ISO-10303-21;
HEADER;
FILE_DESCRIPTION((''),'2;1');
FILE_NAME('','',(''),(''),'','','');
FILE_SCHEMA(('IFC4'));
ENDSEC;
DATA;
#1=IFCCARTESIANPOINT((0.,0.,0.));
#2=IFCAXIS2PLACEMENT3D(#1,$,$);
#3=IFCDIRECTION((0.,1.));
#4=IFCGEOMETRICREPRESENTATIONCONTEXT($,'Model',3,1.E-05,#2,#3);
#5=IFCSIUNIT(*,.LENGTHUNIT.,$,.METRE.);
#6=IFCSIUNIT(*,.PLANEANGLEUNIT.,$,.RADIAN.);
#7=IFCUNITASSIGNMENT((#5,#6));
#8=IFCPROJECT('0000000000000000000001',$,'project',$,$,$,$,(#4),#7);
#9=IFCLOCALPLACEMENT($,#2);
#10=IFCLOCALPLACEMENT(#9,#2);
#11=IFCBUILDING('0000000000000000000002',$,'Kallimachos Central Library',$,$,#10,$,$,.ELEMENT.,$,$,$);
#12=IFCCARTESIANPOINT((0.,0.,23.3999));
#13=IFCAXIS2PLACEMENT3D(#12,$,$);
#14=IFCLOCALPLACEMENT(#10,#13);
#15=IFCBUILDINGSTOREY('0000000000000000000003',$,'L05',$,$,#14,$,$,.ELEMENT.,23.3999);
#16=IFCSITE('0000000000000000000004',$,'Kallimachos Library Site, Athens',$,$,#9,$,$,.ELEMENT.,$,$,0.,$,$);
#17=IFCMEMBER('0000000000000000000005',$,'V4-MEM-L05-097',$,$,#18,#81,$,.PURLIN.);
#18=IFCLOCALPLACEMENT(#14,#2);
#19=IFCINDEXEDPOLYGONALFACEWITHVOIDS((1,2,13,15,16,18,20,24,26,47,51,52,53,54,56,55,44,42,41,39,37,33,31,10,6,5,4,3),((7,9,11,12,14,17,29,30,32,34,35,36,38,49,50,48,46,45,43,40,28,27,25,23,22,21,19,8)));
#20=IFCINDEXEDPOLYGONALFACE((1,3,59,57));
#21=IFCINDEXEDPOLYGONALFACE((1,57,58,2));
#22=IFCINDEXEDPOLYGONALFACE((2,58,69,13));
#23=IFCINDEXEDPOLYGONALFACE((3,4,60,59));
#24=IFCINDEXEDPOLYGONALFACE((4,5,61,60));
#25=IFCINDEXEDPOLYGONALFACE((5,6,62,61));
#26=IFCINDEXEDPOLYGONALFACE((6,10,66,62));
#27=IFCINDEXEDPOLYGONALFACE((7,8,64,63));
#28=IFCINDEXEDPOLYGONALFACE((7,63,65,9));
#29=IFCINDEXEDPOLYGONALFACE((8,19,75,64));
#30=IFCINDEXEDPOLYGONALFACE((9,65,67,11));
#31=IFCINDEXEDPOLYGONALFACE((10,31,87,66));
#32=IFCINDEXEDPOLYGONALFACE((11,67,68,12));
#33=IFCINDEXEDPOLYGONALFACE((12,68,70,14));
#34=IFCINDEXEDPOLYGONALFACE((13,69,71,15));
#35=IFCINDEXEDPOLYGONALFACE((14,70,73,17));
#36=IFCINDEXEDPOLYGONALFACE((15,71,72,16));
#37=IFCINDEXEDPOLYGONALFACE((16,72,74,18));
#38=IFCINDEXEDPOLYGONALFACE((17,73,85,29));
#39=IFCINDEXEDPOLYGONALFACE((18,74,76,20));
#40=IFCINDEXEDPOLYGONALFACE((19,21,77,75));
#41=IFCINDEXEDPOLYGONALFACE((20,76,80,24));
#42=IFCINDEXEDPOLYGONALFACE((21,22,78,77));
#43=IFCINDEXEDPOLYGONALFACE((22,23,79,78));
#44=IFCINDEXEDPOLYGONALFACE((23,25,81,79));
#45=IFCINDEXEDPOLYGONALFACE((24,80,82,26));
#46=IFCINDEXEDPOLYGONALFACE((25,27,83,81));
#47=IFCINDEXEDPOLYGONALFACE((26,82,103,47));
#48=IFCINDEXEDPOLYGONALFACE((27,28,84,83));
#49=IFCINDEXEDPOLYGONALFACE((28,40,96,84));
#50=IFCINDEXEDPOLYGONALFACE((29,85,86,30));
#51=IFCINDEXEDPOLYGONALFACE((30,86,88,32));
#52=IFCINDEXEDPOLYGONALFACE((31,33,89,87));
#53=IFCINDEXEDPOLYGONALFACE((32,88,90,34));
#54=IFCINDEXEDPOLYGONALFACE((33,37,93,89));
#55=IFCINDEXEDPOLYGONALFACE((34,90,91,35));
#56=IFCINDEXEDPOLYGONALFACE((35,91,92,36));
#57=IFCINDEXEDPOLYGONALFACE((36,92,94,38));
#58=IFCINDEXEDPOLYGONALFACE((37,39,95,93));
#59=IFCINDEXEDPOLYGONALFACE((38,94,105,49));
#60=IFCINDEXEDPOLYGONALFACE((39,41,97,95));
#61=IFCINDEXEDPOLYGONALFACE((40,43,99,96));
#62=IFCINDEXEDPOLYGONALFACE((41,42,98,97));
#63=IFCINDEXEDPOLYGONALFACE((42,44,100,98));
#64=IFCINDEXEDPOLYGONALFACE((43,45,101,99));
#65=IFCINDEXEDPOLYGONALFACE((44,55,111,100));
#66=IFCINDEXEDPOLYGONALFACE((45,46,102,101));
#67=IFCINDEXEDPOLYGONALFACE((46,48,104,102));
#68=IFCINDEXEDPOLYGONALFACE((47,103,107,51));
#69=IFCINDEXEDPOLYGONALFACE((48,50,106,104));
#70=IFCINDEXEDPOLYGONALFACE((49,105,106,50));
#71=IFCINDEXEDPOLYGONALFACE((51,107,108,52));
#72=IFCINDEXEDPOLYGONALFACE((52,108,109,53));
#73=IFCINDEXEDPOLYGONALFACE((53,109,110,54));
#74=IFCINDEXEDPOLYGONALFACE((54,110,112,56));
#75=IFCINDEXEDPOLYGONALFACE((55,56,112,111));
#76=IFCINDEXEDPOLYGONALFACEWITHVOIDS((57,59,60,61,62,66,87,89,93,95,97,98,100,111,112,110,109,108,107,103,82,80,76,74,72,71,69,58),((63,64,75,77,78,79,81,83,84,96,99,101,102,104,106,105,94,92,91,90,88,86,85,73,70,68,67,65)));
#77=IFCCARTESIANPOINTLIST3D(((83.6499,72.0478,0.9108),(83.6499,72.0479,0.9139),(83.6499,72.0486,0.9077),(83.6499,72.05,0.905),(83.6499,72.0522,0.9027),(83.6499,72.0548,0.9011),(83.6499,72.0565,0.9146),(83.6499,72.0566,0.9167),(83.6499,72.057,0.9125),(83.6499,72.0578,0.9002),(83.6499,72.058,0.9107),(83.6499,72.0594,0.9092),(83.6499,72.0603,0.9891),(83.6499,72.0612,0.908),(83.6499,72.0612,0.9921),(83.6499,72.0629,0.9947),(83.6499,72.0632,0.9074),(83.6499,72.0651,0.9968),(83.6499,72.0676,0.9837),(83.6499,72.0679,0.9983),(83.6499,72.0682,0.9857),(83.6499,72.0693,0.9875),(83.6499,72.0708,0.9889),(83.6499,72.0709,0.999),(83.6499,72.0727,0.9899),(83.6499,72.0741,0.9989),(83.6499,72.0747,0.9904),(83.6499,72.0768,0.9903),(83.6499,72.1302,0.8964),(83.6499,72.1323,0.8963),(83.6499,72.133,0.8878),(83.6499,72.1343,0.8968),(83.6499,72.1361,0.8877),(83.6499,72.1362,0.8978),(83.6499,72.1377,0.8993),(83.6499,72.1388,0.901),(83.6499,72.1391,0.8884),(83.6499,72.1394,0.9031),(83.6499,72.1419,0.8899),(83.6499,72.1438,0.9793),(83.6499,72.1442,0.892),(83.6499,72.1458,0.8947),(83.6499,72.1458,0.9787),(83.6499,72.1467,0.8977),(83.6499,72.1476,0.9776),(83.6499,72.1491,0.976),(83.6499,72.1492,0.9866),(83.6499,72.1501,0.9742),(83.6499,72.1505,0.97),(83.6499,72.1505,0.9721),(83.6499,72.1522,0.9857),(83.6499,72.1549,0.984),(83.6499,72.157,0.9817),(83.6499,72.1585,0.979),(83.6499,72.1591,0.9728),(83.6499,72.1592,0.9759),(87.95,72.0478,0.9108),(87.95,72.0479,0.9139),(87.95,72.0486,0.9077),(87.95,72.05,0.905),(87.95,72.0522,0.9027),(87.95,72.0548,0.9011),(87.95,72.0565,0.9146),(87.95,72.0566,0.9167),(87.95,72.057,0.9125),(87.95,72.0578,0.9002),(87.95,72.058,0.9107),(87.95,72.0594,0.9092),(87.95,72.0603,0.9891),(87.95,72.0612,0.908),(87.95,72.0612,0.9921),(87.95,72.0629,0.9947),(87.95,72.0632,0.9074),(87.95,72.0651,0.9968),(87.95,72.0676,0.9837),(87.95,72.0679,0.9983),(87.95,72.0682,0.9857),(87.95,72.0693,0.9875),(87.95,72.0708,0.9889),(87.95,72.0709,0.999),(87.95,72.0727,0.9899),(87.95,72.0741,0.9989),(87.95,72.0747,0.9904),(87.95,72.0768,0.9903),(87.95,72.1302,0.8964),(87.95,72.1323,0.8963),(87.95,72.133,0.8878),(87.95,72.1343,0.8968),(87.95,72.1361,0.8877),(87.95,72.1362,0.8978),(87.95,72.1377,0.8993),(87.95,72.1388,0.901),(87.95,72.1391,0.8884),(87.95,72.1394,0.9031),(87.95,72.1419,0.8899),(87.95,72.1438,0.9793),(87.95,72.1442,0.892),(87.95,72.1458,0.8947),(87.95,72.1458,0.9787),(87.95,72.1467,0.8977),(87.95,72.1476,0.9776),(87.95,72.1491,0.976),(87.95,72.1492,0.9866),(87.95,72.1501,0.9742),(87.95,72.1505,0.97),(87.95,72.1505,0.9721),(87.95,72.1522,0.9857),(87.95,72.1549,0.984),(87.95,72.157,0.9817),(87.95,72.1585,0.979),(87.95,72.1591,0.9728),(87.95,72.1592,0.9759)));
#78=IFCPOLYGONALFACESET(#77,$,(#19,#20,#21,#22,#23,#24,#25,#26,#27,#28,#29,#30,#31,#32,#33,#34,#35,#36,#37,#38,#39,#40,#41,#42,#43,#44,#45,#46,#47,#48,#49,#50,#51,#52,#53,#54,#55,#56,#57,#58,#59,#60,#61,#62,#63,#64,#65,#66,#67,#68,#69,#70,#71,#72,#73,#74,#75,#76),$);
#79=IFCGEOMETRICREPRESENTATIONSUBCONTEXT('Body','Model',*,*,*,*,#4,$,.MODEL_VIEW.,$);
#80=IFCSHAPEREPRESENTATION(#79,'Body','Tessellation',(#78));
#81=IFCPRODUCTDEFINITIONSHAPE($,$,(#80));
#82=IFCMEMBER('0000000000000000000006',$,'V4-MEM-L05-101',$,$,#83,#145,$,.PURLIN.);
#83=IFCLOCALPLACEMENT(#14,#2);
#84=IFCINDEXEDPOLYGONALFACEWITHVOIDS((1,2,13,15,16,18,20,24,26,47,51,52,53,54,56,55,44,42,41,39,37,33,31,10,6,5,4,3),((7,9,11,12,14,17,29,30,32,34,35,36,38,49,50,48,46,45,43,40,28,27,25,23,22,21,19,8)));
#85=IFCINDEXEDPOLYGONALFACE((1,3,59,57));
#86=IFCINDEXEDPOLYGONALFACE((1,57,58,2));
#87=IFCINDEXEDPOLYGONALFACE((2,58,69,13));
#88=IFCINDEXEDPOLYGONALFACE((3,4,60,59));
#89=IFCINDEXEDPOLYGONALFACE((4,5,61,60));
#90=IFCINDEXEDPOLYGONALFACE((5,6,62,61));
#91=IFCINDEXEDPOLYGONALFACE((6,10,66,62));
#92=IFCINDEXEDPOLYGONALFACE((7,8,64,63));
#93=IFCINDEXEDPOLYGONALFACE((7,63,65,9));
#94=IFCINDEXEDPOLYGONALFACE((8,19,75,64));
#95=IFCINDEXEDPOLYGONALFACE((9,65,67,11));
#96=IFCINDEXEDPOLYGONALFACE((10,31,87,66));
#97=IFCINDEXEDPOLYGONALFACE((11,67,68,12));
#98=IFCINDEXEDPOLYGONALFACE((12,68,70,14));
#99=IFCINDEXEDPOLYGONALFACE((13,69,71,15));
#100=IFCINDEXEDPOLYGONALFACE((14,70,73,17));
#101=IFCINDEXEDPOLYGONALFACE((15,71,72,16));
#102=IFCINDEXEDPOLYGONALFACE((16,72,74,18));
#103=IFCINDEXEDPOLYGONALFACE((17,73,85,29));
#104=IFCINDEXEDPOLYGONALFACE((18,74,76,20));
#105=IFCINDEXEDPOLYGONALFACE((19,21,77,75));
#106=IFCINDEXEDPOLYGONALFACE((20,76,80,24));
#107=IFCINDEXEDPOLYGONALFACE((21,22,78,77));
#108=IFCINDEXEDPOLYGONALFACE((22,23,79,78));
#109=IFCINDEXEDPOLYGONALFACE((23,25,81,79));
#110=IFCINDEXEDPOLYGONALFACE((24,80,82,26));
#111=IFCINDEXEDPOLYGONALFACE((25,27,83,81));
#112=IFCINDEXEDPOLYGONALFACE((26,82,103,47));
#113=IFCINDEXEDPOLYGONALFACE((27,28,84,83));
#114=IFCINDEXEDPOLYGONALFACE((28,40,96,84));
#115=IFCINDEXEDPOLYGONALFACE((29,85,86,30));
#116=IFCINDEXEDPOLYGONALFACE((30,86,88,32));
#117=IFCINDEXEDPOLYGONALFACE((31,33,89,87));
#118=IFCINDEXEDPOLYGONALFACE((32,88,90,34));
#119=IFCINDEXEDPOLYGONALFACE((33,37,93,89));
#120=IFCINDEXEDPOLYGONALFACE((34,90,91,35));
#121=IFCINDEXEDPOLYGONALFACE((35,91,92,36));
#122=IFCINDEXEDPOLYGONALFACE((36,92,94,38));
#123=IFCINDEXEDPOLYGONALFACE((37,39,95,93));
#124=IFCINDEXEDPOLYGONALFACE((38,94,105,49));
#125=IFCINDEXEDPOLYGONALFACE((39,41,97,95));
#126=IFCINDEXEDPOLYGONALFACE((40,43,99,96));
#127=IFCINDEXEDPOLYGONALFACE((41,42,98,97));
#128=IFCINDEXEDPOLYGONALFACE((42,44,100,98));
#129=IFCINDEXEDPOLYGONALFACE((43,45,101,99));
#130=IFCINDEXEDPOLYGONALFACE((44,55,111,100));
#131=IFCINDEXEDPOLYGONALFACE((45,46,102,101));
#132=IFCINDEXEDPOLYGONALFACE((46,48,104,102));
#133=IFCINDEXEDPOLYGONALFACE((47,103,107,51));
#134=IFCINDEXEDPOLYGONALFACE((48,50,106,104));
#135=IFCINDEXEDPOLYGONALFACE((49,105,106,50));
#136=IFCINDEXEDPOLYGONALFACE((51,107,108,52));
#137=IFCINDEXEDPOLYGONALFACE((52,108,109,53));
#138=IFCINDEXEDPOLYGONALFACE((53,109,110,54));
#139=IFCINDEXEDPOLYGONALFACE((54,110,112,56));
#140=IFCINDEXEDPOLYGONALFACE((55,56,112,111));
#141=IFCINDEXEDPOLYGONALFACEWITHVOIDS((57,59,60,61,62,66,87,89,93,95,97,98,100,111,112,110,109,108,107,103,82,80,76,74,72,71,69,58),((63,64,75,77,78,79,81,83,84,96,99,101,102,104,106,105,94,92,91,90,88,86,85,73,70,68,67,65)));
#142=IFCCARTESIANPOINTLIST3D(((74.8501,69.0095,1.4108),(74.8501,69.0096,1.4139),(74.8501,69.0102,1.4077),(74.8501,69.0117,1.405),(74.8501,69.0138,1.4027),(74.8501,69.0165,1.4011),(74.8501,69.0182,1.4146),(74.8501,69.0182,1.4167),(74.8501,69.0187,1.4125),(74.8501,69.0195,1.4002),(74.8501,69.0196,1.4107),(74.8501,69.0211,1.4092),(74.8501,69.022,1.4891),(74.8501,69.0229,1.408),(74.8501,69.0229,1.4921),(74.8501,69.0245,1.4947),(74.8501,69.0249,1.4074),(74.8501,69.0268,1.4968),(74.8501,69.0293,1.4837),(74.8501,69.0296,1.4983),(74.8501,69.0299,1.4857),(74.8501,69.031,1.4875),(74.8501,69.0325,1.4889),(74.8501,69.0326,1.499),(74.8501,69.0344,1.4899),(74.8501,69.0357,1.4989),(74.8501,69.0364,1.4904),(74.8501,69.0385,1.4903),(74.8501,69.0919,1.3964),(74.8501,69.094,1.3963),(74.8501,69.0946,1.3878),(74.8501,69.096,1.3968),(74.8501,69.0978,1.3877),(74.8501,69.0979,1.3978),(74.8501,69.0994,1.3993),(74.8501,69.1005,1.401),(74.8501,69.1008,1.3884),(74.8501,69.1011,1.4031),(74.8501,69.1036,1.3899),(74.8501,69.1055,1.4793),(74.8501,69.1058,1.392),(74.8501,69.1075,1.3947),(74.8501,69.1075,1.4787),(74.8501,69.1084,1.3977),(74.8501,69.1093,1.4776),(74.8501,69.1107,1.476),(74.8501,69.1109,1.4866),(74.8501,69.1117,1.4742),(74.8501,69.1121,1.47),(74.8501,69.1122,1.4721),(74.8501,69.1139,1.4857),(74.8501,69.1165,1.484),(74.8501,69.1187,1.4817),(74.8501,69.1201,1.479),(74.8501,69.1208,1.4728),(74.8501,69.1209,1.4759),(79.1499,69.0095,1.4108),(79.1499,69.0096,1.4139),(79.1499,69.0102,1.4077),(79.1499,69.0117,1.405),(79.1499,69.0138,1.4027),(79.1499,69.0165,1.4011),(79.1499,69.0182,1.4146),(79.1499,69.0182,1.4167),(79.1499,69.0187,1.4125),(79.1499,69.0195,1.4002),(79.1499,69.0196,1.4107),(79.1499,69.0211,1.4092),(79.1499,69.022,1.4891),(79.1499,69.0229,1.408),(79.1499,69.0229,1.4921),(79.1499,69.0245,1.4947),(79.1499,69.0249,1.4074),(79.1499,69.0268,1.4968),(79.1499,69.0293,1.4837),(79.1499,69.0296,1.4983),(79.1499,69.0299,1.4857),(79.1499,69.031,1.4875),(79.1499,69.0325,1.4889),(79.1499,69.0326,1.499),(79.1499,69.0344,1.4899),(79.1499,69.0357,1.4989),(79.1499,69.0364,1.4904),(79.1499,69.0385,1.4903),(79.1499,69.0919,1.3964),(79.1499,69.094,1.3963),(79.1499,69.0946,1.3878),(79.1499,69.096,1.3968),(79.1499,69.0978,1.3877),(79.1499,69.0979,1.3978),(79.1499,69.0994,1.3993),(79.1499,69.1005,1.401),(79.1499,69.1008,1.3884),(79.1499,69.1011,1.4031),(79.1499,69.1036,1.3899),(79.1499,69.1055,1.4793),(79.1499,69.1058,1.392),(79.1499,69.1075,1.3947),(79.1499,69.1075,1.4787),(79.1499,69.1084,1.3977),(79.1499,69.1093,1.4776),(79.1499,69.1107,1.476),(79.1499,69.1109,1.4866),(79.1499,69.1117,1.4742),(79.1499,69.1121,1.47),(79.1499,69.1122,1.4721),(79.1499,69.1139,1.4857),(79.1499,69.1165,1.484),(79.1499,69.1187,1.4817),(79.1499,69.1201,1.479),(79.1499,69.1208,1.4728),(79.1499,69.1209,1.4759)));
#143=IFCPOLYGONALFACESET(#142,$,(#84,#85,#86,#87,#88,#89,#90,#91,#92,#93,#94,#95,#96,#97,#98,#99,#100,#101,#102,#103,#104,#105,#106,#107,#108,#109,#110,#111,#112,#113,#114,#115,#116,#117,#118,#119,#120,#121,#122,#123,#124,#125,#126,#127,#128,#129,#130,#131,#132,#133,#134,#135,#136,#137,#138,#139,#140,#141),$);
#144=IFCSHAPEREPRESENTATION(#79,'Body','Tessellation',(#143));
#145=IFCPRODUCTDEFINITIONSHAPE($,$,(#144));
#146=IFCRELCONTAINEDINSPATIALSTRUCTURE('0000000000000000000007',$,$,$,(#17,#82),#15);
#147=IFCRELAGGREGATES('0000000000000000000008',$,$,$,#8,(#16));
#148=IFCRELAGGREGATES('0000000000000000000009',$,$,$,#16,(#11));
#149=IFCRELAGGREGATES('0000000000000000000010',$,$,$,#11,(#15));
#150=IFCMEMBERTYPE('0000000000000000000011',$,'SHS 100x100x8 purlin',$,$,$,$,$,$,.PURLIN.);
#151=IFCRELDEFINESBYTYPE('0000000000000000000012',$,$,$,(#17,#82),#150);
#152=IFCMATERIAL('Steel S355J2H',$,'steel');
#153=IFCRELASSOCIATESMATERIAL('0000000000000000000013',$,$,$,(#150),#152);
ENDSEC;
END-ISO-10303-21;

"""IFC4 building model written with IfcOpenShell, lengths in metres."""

from ifc_helpers import new_model, si_unit, direction, frame, origin, origin_2d, place, context, subcontext, project, spatial, hollow_rectangle, extrude, material, material_profile, profile_set, type_object, element, save


model = new_model("IFC4")

# Units and contexts
model_context = context("Model", 3, precision=1e-05, world=origin(), true_north=direction((0.0, 1.0)))
body_context = subcontext(model_context, "Body", "Model", "MODEL_VIEW")
ifc_project = project(units=[si_unit("LENGTHUNIT", "METRE"), si_unit("PLANEANGLEUNIT", "RADIAN")], contexts=[model_context])

# Site, building, storey
site_placement = place(None, origin())
site = spatial("IfcSite", under=ifc_project, at=site_placement, Name="Kallimachos Library Site, Athens", CompositionType="ELEMENT", RefElevation=0.0)
building_placement = place(site_placement, origin())
building = spatial("IfcBuilding", under=site, at=building_placement, Name="Kallimachos Central Library", CompositionType="ELEMENT")
storey_placement = place(building_placement, frame((0.0, 0.0, 23.3999)))
storey = spatial("IfcBuildingStorey", under=building, at=storey_placement, Name="L05", CompositionType="ELEMENT", Elevation=23.3999)

# Members
ifc_material_1 = material(Name="Steel S355J2H", Category="steel")
ifc_material_profile_1 = material_profile(ifc_material_1, hollow_rectangle(XDim=0.1001, YDim=0.1001, WallThickness=0.0081, InnerFilletRadius=0.0081, OuterFilletRadius=0.012, at=origin_2d()), Name="SHS 100x100x8")
ifc_profile_set_1 = profile_set([ifc_material_profile_1], Name="Steel S355J2H")
member_type_1 = type_object("IfcMemberType", Name="SHS 100x100x8 purlin", PredefinedType="PURLIN", material=ifc_profile_set_1)
for number, where, z_axis, x_axis, name in (
    (1, (83.6499, 72.1035, 0.9434), (1.0, 0.0, 0.0), (0.0, 0.986728, -0.16238), "V4-MEM-L05-097"),
):
    element("IfcMember", number, at=place(storey_placement, frame(where, z_axis=z_axis, x_axis=x_axis)), inside=storey, type_object=member_type_1, Name=name, PredefinedType="PURLIN", context=body_context, shape_type="SweptSolid", body=[
        extrude(hollow_rectangle(XDim=0.1001, YDim=0.1001, WallThickness=0.0081, InnerFilletRadius=0.0081, OuterFilletRadius=0.012, at=origin_2d()), origin(), (0.0, 0.0, 1.0), 4.3),
    ])
member_1_placement = place(storey_placement, frame((74.8501, 69.0652, 1.4434), z_axis=(1.0, 0.0, 0.0), x_axis=(0.0, 0.986728, -0.16238)))
element("IfcMember", 2, at=member_1_placement, inside=storey, type_object=member_type_1, Name="V4-MEM-L05-101", PredefinedType="PURLIN", context=body_context, shape_type="SweptSolid", body=[
    extrude(hollow_rectangle(XDim=0.1001, YDim=0.1001, WallThickness=0.0081, InnerFilletRadius=0.0081, OuterFilletRadius=0.012, at=origin_2d()), origin(), (0.0, 0.0, 1.0), 4.2998),
])

save(model, "model.ifc")
